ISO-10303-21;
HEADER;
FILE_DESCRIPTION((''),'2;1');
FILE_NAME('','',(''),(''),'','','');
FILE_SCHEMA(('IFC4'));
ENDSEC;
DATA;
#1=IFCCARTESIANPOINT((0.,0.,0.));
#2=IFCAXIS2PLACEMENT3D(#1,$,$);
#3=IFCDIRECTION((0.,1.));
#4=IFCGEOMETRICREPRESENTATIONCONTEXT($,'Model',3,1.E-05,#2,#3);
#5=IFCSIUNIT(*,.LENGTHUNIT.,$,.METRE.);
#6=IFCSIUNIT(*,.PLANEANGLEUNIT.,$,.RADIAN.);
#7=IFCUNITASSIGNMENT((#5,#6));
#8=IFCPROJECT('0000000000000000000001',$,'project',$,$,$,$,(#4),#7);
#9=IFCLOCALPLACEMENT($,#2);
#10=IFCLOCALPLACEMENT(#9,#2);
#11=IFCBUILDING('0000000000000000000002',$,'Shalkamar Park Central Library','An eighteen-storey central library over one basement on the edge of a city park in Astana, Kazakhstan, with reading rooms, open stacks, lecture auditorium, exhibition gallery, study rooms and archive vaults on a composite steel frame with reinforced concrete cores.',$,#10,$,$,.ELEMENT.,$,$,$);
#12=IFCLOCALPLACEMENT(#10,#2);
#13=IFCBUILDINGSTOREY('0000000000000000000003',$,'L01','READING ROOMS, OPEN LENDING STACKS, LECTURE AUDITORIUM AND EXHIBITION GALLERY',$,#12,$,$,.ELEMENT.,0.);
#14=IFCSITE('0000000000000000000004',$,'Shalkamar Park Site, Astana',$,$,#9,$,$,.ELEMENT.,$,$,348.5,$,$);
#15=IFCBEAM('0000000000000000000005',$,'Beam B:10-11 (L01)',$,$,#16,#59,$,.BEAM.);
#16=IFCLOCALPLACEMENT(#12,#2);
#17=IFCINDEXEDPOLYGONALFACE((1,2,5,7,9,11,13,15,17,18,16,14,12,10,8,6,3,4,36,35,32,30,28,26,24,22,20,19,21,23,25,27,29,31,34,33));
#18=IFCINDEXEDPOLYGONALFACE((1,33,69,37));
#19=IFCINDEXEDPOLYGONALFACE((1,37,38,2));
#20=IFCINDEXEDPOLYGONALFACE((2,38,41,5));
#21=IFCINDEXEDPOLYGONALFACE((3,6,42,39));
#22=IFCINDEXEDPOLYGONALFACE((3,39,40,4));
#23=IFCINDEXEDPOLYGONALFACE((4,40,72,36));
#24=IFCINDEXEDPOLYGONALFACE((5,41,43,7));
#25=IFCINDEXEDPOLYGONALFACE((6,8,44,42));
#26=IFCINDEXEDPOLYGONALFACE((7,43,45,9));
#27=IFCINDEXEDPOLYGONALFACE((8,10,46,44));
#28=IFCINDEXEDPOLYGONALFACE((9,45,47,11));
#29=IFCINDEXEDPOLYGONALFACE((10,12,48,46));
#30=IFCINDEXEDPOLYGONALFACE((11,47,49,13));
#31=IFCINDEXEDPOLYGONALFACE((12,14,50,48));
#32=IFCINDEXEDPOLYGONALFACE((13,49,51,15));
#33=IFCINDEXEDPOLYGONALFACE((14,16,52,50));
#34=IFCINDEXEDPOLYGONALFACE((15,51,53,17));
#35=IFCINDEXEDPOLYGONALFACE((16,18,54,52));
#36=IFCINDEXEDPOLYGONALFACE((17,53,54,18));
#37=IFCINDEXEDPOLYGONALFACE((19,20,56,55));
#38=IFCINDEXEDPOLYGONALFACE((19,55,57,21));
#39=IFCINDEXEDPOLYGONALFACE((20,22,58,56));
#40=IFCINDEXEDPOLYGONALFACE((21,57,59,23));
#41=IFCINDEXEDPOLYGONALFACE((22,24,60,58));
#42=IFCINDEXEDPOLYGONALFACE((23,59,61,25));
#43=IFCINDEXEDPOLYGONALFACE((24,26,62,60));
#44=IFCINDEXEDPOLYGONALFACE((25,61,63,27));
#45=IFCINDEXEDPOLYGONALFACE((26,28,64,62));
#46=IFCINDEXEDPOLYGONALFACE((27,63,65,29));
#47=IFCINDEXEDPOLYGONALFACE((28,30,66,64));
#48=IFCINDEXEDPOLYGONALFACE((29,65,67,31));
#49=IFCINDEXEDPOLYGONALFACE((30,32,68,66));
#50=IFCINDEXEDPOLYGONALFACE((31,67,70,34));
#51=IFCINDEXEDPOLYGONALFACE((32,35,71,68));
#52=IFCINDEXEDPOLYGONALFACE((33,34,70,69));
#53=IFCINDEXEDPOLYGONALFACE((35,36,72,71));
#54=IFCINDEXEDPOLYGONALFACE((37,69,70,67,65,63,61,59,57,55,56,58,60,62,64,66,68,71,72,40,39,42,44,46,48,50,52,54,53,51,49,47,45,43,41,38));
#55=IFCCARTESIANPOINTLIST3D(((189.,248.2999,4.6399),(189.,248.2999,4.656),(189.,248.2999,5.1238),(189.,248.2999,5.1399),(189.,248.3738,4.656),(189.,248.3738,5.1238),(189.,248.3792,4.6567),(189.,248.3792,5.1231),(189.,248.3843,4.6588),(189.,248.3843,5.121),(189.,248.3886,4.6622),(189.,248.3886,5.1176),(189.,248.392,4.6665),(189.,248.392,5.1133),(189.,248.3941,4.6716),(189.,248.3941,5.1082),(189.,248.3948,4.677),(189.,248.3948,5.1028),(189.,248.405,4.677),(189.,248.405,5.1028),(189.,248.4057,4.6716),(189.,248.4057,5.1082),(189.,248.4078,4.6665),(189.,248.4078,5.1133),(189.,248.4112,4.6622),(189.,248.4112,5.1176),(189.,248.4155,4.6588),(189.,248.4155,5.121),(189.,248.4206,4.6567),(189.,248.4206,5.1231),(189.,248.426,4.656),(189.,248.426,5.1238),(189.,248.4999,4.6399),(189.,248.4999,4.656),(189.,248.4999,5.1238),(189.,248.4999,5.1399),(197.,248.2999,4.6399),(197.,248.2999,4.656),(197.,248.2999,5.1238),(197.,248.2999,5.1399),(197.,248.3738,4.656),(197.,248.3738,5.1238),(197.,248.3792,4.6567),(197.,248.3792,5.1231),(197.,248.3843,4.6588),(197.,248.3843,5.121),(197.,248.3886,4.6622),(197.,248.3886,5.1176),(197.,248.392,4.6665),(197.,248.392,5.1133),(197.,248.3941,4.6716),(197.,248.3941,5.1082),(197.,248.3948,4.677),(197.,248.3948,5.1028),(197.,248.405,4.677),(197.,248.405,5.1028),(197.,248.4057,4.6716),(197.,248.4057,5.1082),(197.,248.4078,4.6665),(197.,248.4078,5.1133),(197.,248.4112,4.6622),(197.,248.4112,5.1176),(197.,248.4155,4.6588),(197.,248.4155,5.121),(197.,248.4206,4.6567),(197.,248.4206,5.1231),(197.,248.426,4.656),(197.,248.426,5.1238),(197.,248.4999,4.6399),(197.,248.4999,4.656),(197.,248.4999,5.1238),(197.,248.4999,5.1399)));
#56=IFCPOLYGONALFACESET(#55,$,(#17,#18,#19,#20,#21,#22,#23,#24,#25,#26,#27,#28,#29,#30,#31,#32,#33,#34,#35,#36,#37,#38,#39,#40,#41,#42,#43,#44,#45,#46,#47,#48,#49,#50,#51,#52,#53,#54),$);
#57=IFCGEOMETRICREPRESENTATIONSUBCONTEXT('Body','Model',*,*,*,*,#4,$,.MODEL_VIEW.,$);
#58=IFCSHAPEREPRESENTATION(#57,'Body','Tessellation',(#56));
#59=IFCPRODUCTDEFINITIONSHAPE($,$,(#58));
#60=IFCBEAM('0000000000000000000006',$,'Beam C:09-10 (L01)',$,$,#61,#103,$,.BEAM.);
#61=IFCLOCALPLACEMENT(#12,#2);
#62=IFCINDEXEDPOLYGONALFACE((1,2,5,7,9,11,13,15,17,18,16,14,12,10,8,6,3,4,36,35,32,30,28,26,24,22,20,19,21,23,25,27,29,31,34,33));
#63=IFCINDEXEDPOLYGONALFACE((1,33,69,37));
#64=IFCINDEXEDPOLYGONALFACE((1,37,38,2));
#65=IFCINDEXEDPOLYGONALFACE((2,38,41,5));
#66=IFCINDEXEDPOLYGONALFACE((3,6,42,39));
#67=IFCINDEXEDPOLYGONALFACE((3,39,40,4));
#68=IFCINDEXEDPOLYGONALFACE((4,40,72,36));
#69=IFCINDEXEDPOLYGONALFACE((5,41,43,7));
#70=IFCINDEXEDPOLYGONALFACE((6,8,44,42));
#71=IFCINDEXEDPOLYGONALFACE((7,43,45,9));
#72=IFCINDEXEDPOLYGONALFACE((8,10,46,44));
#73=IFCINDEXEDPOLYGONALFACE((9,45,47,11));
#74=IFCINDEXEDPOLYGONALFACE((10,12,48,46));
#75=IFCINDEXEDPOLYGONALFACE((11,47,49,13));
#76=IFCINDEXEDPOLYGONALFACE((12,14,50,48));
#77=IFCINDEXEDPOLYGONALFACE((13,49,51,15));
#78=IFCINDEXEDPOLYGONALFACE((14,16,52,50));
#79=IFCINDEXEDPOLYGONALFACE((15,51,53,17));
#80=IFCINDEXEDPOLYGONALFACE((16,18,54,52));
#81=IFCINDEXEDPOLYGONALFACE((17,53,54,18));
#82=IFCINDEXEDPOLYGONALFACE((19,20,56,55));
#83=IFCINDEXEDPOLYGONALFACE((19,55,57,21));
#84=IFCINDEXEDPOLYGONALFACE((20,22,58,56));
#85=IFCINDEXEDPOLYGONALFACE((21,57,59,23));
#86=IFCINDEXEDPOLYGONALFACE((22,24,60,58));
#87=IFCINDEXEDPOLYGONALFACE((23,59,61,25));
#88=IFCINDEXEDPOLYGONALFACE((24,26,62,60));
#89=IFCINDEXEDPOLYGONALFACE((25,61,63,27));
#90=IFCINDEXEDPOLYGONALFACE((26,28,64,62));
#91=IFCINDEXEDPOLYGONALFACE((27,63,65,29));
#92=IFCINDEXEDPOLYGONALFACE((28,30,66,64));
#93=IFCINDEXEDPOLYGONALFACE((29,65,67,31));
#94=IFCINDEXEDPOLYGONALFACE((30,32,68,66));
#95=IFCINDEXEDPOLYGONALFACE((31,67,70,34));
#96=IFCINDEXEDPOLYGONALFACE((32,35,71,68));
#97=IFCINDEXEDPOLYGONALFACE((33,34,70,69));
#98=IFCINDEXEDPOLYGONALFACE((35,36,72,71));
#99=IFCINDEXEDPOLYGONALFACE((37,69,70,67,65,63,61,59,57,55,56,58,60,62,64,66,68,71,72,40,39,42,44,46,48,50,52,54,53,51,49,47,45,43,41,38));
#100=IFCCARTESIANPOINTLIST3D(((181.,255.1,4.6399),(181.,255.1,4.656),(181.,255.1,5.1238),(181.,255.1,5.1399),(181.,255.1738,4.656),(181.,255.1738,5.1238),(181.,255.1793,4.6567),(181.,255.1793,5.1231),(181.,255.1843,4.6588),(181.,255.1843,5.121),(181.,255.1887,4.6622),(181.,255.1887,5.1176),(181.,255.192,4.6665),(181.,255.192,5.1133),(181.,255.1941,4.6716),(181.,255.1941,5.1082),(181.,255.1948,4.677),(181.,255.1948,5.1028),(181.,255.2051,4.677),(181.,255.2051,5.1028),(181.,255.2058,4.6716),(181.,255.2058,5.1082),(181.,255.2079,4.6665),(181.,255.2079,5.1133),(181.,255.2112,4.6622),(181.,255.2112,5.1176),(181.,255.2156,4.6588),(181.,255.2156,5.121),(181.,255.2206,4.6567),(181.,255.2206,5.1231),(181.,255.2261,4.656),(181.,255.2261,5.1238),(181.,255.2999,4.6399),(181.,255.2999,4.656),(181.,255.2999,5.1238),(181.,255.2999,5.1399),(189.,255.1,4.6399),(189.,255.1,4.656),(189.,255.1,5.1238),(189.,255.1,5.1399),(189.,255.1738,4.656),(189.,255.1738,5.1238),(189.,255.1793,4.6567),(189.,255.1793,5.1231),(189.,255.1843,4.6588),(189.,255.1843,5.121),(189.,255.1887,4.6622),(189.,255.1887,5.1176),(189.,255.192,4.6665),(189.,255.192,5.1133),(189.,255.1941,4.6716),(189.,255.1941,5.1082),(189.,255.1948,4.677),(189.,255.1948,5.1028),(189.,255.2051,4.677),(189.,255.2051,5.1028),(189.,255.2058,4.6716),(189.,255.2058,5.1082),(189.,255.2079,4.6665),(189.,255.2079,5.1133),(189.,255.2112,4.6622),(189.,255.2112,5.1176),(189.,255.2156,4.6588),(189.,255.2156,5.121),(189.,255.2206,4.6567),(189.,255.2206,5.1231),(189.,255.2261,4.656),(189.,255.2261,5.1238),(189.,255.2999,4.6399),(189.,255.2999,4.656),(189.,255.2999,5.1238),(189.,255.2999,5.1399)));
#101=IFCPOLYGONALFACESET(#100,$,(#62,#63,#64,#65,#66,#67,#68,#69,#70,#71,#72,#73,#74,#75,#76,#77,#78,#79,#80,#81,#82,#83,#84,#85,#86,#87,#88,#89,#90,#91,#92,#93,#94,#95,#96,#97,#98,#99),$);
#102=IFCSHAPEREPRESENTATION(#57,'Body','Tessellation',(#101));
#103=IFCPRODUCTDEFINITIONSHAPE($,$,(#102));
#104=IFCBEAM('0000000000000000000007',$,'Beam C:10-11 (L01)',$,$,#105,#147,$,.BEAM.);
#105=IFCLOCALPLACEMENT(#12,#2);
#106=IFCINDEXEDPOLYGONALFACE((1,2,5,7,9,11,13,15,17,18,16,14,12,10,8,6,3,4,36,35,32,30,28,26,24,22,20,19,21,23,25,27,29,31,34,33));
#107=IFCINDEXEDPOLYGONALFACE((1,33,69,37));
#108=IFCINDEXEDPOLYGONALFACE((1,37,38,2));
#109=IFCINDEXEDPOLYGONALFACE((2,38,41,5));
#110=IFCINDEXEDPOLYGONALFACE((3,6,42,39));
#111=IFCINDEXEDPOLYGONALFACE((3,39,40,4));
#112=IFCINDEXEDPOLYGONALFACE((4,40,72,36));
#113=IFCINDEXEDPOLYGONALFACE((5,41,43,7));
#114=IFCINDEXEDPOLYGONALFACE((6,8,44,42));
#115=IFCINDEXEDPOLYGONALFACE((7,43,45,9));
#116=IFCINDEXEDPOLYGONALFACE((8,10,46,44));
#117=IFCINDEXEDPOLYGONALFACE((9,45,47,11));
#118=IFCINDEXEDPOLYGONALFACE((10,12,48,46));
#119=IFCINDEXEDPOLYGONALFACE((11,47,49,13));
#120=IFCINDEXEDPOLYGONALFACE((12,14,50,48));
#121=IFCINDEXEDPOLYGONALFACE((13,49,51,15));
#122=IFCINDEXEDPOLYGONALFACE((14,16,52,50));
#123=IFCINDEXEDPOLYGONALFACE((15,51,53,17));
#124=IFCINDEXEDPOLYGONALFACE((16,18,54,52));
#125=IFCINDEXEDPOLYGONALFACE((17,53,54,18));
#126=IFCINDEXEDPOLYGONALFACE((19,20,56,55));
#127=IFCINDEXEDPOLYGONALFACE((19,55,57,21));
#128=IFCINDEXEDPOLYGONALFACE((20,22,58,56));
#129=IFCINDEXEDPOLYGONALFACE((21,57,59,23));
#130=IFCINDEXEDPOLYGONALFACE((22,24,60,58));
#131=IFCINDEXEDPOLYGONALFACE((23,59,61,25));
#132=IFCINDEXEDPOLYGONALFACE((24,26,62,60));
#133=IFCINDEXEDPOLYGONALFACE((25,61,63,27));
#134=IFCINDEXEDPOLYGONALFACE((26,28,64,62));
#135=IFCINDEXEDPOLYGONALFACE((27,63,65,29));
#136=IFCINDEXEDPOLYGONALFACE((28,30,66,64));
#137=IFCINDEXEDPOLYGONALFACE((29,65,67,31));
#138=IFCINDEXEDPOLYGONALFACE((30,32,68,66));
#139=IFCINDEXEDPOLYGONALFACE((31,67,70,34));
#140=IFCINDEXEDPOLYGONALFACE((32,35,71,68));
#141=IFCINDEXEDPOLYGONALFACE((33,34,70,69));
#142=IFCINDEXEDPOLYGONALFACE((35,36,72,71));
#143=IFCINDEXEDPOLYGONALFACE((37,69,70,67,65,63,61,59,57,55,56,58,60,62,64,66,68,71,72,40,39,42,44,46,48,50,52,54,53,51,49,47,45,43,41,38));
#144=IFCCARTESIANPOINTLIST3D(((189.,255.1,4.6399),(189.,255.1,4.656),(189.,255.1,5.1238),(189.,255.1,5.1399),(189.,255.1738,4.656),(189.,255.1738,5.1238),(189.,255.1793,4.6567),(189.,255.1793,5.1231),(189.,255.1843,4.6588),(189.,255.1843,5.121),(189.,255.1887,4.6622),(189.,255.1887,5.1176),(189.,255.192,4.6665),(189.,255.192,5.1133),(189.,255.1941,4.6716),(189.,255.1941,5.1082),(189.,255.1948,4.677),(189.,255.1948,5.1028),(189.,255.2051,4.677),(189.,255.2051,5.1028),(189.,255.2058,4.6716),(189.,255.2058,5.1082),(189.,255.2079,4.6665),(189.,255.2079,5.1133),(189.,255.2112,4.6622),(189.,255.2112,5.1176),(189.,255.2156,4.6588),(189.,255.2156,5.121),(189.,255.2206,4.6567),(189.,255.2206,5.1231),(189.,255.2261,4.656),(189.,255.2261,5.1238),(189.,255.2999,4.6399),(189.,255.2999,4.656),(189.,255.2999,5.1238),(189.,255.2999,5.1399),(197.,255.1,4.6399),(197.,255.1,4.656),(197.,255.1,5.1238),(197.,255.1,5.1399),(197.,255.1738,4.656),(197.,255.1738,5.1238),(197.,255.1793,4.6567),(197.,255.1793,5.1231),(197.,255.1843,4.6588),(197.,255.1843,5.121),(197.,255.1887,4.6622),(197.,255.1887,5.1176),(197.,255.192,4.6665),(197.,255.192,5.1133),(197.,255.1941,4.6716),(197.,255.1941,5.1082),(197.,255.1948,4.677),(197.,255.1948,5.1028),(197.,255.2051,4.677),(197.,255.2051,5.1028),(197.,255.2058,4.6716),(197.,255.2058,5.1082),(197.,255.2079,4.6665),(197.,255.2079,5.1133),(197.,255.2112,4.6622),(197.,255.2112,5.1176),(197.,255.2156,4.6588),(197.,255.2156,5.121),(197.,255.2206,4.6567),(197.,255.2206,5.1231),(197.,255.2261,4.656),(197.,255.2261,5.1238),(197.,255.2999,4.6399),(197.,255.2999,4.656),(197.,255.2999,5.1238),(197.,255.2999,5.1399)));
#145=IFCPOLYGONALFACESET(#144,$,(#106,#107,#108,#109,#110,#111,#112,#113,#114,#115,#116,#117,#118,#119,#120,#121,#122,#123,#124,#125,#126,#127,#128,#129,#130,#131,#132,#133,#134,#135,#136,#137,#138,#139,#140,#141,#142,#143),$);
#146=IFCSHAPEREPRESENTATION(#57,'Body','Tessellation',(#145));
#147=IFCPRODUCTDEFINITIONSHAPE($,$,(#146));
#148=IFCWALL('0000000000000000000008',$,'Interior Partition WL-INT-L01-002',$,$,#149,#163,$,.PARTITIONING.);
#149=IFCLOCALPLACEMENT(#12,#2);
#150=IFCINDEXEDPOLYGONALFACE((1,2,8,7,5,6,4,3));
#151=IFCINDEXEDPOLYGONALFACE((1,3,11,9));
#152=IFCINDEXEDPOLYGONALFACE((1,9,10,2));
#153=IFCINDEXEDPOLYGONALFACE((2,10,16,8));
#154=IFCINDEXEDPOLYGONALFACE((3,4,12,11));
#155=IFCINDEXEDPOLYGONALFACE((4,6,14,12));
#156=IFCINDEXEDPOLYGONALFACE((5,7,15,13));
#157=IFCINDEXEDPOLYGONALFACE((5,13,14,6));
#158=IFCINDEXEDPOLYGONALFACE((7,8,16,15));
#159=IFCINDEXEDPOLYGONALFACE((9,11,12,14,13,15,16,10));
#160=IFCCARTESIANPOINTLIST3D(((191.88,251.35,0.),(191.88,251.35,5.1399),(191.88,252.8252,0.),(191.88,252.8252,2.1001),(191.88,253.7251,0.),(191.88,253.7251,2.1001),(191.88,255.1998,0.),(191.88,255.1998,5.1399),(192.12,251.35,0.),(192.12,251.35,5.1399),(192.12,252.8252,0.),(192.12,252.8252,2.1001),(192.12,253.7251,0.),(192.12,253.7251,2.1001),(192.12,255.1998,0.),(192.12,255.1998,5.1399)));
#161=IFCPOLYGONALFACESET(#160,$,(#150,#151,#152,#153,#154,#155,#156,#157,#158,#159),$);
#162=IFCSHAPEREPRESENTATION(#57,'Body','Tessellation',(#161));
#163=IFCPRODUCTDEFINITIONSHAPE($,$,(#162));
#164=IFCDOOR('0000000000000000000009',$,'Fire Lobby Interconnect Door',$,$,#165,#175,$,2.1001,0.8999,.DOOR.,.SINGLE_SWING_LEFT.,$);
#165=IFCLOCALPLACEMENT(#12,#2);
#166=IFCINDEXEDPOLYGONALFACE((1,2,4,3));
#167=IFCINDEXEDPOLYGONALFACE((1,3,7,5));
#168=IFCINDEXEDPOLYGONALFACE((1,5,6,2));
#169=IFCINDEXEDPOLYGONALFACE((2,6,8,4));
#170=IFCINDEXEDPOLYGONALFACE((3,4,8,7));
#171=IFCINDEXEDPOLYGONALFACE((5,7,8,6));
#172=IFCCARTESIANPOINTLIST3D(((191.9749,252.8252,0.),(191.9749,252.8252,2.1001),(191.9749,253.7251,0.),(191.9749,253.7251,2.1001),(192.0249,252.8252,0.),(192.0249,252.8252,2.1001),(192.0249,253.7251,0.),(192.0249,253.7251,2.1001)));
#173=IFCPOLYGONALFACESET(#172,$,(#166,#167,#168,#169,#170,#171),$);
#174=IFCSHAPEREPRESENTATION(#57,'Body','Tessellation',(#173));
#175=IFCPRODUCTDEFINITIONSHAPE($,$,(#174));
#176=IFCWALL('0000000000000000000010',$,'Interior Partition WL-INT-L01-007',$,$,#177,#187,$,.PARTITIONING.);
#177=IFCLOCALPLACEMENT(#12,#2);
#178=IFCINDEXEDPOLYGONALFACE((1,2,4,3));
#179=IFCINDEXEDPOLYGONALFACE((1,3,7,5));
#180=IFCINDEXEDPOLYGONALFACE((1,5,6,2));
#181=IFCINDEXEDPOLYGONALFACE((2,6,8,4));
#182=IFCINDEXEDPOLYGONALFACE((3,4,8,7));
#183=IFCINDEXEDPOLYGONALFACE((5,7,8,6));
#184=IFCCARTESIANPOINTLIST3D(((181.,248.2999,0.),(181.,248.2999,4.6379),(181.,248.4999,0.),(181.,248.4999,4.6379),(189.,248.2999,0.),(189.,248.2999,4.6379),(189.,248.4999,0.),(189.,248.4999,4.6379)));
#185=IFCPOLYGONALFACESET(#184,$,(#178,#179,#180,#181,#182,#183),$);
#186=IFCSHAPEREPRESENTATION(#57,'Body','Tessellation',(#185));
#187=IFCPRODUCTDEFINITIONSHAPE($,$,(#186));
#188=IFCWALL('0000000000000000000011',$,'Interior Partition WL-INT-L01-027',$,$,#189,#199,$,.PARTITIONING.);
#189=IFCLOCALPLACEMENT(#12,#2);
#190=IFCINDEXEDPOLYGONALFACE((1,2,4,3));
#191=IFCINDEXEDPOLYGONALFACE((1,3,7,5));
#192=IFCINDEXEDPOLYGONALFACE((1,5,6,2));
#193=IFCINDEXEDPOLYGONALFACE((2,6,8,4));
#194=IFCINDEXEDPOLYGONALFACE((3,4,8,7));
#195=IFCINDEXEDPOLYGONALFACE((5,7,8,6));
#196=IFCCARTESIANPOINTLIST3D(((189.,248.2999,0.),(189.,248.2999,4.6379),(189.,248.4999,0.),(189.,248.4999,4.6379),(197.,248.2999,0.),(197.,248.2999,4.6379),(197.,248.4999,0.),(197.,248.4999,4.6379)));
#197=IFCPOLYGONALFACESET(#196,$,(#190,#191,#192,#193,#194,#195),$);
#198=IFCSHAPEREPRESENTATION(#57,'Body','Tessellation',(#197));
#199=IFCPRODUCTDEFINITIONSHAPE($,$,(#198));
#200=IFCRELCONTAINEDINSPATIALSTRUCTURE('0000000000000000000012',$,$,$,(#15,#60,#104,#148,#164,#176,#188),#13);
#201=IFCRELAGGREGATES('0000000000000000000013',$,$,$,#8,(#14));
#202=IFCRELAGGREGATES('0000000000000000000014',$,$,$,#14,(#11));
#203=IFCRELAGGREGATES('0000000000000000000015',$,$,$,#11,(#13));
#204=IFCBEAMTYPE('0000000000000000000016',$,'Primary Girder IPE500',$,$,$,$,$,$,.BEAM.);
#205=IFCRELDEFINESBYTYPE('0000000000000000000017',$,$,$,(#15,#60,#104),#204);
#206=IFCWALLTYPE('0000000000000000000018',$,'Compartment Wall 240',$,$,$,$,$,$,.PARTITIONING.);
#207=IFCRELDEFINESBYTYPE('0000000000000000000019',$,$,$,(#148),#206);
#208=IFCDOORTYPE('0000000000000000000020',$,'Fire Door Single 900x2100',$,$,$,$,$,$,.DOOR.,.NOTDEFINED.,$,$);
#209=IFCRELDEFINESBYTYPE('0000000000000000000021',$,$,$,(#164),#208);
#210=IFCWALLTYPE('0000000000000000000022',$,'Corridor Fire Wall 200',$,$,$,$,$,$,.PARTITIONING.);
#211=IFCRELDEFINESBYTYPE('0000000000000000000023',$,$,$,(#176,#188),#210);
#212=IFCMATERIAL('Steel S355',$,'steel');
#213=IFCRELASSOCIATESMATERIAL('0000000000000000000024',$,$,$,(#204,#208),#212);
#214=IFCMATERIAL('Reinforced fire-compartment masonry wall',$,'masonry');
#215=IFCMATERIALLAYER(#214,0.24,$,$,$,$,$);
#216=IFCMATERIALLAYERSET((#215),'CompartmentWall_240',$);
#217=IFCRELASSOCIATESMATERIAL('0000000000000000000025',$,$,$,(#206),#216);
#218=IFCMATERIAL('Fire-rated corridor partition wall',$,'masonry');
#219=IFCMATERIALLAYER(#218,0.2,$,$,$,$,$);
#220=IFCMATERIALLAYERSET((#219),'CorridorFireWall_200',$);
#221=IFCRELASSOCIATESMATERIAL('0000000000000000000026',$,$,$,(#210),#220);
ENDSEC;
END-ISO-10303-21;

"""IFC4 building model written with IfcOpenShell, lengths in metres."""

from ifc_helpers import new_model, si_unit, direction, frame, frame_2d, origin, origin_2d, place, context, subcontext, project, spatial, rectangle, i_section, extrude, material, layer, layer_set, material_profile, profile_set, type_object, element, fill, save


model = new_model("IFC4")

# Units and contexts
model_context = context("Model", 3, precision=1e-05, world=origin(), true_north=direction((0.0, 1.0)))
body_context = subcontext(model_context, "Body", "Model", "MODEL_VIEW")
ifc_project = project(units=[si_unit("LENGTHUNIT", "METRE"), si_unit("PLANEANGLEUNIT", "RADIAN")], contexts=[model_context])

# Site, building, storey
site_placement = place(None, origin())
site = spatial("IfcSite", under=ifc_project, at=site_placement, Name="Shalkamar Park Site, Astana", CompositionType="ELEMENT", RefElevation=348.5)
building_placement = place(site_placement, origin())
building = spatial("IfcBuilding", under=site, at=building_placement, Name="Shalkamar Park Central Library", Description="An eighteen-storey central library over one basement on the edge of a city park in Astana, Kazakhstan, with reading rooms, open stacks, lecture auditorium, exhibition gallery, study rooms and archive vaults on a composite steel frame with reinforced concrete cores.", CompositionType="ELEMENT")
storey_placement = place(building_placement, origin())
storey = spatial("IfcBuildingStorey", under=building, at=storey_placement, Name="L01", Description="READING ROOMS, OPEN LENDING STACKS, LECTURE AUDITORIUM AND EXHIBITION GALLERY", CompositionType="ELEMENT", Elevation=0.0)

# Shared definitions
ifc_material_1 = material(Name="Steel S355", Category="steel")

# Beams
ifc_material_profile_1 = material_profile(ifc_material_1, i_section(OverallWidth=0.2, OverallDepth=0.5, WebThickness=0.0103, FlangeThickness=0.0161, FilletRadius=0.021, at=origin_2d()), Name="IPE 500")
ifc_profile_set_1 = profile_set([ifc_material_profile_1], Name="Steel S355")
beam_type_1 = type_object("IfcBeamType", Name="Primary Girder IPE500", PredefinedType="BEAM", material=ifc_profile_set_1)
for number, where, z_axis, x_axis, name in (
    (1, (189.0, 248.3999, 4.8899), (1.0, 0.0, 0.0), (0.0, 1.0, 0.0), "Beam B:10-11 (L01)"),
    (2, (181.0, 255.2, 4.8899), (1.0, 0.0, 0.0), (0.0, 1.0, 0.0), "Beam C:09-10 (L01)"),
    (3, (189.0, 255.2, 4.8899), (1.0, 0.0, 0.0), (0.0, 1.0, 0.0), "Beam C:10-11 (L01)"),
):
    element("IfcBeam", number, at=place(storey_placement, frame(where, z_axis=z_axis, x_axis=x_axis)), inside=storey, type_object=beam_type_1, Name=name, PredefinedType="BEAM", context=body_context, shape_type="SweptSolid", body=[
        extrude(i_section(OverallWidth=0.2, OverallDepth=0.5, WebThickness=0.0103, FlangeThickness=0.0161, FilletRadius=0.021, at=origin_2d()), origin(), (0.0, 0.0, 1.0), 8.0),
    ])

# Wall, opening, door
ifc_material_2 = material(Name="Reinforced fire-compartment masonry wall", Category="masonry")
ifc_layer_1 = layer(ifc_material_2, 0.24)
ifc_layer_set_1 = layer_set([ifc_layer_1], Name="CompartmentWall_240")
wall_type_1 = type_object("IfcWallType", Name="Compartment Wall 240", PredefinedType="PARTITIONING", material=ifc_layer_set_1)
wall_1_placement = place(storey_placement, frame((192.0, 251.3501, 0.0), z_axis=(0.0, 0.0, 1.0), x_axis=(0.0, 1.0, 0.0)))
wall_1 = element("IfcWall", 4, at=wall_1_placement, inside=storey, type_object=wall_type_1, Name="Interior Partition WL-INT-L01-002", PredefinedType="PARTITIONING", context=body_context, shape_type="SweptSolid", body=[
    extrude(rectangle(XDim=3.8499, YDim=0.24, at=frame_2d((1.9248, 0.0))), origin(), (0.0, 0.0, 1.0), 5.1399),
])
opening_1_placement = place(wall_1_placement, frame((1.4751, 0.0, 0.0)))
opening_1 = element("IfcOpeningElement", 5, at=opening_1_placement, cuts=wall_1, PredefinedType="OPENING", context=body_context, shape_type="SweptSolid", body=[
    extrude(rectangle(XDim=0.8999, YDim=2.1001, at=frame_2d((0.45, 1.05))), frame((0.0, 0.1348, 0.0), z_axis=(0.0, -1.0, 0.0), x_axis=(1.0, 0.0, 0.0)), (0.0, 0.0, 1.0), 0.2698),
])
door_type_1 = type_object("IfcDoorType", Name="Fire Door Single 900x2100", OperationType="NOTDEFINED", PredefinedType="DOOR", material=ifc_material_1)
door_1_placement = place(opening_1_placement, frame((0.8999, 0.0, 0.0), z_axis=(0.0, 0.0, 1.0), x_axis=(-1.0, 0.0, 0.0)))
door_1 = element("IfcDoor", 6, at=door_1_placement, inside=storey, type_object=door_type_1, Name="Fire Lobby Interconnect Door", OperationType="SINGLE_SWING_LEFT", OverallHeight=2.1001, OverallWidth=0.8999, PredefinedType="DOOR", context=body_context, shape_type="SweptSolid", body=[
    extrude(rectangle(XDim=0.8999, YDim=2.1001, at=frame_2d((0.45, 1.05))), frame((0.0, 0.0249, 0.0), z_axis=(0.0, -1.0, 0.0), x_axis=(1.0, 0.0, 0.0)), (0.0, 0.0, 1.0), 0.05),
])
fill(opening_1, door_1)

# Walls
ifc_material_3 = material(Name="Fire-rated corridor partition wall", Category="masonry")
ifc_layer_2 = layer(ifc_material_3, 0.2)
ifc_layer_set_2 = layer_set([ifc_layer_2], Name="CorridorFireWall_200")
wall_type_2 = type_object("IfcWallType", Name="Corridor Fire Wall 200", PredefinedType="PARTITIONING", material=ifc_layer_set_2)
for number, where, z_axis, x_axis, name in (
    (7, (181.0, 248.3999, 0.0), (0.0, 0.0, 1.0), (1.0, 0.0, 0.0), "Interior Partition WL-INT-L01-007"),
    (8, (189.0, 248.3999, 0.0), (0.0, 0.0, 1.0), (1.0, 0.0, 0.0), "Interior Partition WL-INT-L01-027"),
):
    element("IfcWall", number, at=place(storey_placement, frame(where, z_axis=z_axis, x_axis=x_axis)), inside=storey, type_object=wall_type_2, Name=name, PredefinedType="PARTITIONING", context=body_context, shape_type="SweptSolid", body=[
        extrude(rectangle(XDim=8.0, YDim=0.2, at=frame_2d((4.0, 0.0))), origin(), (0.0, 0.0, 1.0), 4.6379),
    ])

save(model, "model.ifc")
